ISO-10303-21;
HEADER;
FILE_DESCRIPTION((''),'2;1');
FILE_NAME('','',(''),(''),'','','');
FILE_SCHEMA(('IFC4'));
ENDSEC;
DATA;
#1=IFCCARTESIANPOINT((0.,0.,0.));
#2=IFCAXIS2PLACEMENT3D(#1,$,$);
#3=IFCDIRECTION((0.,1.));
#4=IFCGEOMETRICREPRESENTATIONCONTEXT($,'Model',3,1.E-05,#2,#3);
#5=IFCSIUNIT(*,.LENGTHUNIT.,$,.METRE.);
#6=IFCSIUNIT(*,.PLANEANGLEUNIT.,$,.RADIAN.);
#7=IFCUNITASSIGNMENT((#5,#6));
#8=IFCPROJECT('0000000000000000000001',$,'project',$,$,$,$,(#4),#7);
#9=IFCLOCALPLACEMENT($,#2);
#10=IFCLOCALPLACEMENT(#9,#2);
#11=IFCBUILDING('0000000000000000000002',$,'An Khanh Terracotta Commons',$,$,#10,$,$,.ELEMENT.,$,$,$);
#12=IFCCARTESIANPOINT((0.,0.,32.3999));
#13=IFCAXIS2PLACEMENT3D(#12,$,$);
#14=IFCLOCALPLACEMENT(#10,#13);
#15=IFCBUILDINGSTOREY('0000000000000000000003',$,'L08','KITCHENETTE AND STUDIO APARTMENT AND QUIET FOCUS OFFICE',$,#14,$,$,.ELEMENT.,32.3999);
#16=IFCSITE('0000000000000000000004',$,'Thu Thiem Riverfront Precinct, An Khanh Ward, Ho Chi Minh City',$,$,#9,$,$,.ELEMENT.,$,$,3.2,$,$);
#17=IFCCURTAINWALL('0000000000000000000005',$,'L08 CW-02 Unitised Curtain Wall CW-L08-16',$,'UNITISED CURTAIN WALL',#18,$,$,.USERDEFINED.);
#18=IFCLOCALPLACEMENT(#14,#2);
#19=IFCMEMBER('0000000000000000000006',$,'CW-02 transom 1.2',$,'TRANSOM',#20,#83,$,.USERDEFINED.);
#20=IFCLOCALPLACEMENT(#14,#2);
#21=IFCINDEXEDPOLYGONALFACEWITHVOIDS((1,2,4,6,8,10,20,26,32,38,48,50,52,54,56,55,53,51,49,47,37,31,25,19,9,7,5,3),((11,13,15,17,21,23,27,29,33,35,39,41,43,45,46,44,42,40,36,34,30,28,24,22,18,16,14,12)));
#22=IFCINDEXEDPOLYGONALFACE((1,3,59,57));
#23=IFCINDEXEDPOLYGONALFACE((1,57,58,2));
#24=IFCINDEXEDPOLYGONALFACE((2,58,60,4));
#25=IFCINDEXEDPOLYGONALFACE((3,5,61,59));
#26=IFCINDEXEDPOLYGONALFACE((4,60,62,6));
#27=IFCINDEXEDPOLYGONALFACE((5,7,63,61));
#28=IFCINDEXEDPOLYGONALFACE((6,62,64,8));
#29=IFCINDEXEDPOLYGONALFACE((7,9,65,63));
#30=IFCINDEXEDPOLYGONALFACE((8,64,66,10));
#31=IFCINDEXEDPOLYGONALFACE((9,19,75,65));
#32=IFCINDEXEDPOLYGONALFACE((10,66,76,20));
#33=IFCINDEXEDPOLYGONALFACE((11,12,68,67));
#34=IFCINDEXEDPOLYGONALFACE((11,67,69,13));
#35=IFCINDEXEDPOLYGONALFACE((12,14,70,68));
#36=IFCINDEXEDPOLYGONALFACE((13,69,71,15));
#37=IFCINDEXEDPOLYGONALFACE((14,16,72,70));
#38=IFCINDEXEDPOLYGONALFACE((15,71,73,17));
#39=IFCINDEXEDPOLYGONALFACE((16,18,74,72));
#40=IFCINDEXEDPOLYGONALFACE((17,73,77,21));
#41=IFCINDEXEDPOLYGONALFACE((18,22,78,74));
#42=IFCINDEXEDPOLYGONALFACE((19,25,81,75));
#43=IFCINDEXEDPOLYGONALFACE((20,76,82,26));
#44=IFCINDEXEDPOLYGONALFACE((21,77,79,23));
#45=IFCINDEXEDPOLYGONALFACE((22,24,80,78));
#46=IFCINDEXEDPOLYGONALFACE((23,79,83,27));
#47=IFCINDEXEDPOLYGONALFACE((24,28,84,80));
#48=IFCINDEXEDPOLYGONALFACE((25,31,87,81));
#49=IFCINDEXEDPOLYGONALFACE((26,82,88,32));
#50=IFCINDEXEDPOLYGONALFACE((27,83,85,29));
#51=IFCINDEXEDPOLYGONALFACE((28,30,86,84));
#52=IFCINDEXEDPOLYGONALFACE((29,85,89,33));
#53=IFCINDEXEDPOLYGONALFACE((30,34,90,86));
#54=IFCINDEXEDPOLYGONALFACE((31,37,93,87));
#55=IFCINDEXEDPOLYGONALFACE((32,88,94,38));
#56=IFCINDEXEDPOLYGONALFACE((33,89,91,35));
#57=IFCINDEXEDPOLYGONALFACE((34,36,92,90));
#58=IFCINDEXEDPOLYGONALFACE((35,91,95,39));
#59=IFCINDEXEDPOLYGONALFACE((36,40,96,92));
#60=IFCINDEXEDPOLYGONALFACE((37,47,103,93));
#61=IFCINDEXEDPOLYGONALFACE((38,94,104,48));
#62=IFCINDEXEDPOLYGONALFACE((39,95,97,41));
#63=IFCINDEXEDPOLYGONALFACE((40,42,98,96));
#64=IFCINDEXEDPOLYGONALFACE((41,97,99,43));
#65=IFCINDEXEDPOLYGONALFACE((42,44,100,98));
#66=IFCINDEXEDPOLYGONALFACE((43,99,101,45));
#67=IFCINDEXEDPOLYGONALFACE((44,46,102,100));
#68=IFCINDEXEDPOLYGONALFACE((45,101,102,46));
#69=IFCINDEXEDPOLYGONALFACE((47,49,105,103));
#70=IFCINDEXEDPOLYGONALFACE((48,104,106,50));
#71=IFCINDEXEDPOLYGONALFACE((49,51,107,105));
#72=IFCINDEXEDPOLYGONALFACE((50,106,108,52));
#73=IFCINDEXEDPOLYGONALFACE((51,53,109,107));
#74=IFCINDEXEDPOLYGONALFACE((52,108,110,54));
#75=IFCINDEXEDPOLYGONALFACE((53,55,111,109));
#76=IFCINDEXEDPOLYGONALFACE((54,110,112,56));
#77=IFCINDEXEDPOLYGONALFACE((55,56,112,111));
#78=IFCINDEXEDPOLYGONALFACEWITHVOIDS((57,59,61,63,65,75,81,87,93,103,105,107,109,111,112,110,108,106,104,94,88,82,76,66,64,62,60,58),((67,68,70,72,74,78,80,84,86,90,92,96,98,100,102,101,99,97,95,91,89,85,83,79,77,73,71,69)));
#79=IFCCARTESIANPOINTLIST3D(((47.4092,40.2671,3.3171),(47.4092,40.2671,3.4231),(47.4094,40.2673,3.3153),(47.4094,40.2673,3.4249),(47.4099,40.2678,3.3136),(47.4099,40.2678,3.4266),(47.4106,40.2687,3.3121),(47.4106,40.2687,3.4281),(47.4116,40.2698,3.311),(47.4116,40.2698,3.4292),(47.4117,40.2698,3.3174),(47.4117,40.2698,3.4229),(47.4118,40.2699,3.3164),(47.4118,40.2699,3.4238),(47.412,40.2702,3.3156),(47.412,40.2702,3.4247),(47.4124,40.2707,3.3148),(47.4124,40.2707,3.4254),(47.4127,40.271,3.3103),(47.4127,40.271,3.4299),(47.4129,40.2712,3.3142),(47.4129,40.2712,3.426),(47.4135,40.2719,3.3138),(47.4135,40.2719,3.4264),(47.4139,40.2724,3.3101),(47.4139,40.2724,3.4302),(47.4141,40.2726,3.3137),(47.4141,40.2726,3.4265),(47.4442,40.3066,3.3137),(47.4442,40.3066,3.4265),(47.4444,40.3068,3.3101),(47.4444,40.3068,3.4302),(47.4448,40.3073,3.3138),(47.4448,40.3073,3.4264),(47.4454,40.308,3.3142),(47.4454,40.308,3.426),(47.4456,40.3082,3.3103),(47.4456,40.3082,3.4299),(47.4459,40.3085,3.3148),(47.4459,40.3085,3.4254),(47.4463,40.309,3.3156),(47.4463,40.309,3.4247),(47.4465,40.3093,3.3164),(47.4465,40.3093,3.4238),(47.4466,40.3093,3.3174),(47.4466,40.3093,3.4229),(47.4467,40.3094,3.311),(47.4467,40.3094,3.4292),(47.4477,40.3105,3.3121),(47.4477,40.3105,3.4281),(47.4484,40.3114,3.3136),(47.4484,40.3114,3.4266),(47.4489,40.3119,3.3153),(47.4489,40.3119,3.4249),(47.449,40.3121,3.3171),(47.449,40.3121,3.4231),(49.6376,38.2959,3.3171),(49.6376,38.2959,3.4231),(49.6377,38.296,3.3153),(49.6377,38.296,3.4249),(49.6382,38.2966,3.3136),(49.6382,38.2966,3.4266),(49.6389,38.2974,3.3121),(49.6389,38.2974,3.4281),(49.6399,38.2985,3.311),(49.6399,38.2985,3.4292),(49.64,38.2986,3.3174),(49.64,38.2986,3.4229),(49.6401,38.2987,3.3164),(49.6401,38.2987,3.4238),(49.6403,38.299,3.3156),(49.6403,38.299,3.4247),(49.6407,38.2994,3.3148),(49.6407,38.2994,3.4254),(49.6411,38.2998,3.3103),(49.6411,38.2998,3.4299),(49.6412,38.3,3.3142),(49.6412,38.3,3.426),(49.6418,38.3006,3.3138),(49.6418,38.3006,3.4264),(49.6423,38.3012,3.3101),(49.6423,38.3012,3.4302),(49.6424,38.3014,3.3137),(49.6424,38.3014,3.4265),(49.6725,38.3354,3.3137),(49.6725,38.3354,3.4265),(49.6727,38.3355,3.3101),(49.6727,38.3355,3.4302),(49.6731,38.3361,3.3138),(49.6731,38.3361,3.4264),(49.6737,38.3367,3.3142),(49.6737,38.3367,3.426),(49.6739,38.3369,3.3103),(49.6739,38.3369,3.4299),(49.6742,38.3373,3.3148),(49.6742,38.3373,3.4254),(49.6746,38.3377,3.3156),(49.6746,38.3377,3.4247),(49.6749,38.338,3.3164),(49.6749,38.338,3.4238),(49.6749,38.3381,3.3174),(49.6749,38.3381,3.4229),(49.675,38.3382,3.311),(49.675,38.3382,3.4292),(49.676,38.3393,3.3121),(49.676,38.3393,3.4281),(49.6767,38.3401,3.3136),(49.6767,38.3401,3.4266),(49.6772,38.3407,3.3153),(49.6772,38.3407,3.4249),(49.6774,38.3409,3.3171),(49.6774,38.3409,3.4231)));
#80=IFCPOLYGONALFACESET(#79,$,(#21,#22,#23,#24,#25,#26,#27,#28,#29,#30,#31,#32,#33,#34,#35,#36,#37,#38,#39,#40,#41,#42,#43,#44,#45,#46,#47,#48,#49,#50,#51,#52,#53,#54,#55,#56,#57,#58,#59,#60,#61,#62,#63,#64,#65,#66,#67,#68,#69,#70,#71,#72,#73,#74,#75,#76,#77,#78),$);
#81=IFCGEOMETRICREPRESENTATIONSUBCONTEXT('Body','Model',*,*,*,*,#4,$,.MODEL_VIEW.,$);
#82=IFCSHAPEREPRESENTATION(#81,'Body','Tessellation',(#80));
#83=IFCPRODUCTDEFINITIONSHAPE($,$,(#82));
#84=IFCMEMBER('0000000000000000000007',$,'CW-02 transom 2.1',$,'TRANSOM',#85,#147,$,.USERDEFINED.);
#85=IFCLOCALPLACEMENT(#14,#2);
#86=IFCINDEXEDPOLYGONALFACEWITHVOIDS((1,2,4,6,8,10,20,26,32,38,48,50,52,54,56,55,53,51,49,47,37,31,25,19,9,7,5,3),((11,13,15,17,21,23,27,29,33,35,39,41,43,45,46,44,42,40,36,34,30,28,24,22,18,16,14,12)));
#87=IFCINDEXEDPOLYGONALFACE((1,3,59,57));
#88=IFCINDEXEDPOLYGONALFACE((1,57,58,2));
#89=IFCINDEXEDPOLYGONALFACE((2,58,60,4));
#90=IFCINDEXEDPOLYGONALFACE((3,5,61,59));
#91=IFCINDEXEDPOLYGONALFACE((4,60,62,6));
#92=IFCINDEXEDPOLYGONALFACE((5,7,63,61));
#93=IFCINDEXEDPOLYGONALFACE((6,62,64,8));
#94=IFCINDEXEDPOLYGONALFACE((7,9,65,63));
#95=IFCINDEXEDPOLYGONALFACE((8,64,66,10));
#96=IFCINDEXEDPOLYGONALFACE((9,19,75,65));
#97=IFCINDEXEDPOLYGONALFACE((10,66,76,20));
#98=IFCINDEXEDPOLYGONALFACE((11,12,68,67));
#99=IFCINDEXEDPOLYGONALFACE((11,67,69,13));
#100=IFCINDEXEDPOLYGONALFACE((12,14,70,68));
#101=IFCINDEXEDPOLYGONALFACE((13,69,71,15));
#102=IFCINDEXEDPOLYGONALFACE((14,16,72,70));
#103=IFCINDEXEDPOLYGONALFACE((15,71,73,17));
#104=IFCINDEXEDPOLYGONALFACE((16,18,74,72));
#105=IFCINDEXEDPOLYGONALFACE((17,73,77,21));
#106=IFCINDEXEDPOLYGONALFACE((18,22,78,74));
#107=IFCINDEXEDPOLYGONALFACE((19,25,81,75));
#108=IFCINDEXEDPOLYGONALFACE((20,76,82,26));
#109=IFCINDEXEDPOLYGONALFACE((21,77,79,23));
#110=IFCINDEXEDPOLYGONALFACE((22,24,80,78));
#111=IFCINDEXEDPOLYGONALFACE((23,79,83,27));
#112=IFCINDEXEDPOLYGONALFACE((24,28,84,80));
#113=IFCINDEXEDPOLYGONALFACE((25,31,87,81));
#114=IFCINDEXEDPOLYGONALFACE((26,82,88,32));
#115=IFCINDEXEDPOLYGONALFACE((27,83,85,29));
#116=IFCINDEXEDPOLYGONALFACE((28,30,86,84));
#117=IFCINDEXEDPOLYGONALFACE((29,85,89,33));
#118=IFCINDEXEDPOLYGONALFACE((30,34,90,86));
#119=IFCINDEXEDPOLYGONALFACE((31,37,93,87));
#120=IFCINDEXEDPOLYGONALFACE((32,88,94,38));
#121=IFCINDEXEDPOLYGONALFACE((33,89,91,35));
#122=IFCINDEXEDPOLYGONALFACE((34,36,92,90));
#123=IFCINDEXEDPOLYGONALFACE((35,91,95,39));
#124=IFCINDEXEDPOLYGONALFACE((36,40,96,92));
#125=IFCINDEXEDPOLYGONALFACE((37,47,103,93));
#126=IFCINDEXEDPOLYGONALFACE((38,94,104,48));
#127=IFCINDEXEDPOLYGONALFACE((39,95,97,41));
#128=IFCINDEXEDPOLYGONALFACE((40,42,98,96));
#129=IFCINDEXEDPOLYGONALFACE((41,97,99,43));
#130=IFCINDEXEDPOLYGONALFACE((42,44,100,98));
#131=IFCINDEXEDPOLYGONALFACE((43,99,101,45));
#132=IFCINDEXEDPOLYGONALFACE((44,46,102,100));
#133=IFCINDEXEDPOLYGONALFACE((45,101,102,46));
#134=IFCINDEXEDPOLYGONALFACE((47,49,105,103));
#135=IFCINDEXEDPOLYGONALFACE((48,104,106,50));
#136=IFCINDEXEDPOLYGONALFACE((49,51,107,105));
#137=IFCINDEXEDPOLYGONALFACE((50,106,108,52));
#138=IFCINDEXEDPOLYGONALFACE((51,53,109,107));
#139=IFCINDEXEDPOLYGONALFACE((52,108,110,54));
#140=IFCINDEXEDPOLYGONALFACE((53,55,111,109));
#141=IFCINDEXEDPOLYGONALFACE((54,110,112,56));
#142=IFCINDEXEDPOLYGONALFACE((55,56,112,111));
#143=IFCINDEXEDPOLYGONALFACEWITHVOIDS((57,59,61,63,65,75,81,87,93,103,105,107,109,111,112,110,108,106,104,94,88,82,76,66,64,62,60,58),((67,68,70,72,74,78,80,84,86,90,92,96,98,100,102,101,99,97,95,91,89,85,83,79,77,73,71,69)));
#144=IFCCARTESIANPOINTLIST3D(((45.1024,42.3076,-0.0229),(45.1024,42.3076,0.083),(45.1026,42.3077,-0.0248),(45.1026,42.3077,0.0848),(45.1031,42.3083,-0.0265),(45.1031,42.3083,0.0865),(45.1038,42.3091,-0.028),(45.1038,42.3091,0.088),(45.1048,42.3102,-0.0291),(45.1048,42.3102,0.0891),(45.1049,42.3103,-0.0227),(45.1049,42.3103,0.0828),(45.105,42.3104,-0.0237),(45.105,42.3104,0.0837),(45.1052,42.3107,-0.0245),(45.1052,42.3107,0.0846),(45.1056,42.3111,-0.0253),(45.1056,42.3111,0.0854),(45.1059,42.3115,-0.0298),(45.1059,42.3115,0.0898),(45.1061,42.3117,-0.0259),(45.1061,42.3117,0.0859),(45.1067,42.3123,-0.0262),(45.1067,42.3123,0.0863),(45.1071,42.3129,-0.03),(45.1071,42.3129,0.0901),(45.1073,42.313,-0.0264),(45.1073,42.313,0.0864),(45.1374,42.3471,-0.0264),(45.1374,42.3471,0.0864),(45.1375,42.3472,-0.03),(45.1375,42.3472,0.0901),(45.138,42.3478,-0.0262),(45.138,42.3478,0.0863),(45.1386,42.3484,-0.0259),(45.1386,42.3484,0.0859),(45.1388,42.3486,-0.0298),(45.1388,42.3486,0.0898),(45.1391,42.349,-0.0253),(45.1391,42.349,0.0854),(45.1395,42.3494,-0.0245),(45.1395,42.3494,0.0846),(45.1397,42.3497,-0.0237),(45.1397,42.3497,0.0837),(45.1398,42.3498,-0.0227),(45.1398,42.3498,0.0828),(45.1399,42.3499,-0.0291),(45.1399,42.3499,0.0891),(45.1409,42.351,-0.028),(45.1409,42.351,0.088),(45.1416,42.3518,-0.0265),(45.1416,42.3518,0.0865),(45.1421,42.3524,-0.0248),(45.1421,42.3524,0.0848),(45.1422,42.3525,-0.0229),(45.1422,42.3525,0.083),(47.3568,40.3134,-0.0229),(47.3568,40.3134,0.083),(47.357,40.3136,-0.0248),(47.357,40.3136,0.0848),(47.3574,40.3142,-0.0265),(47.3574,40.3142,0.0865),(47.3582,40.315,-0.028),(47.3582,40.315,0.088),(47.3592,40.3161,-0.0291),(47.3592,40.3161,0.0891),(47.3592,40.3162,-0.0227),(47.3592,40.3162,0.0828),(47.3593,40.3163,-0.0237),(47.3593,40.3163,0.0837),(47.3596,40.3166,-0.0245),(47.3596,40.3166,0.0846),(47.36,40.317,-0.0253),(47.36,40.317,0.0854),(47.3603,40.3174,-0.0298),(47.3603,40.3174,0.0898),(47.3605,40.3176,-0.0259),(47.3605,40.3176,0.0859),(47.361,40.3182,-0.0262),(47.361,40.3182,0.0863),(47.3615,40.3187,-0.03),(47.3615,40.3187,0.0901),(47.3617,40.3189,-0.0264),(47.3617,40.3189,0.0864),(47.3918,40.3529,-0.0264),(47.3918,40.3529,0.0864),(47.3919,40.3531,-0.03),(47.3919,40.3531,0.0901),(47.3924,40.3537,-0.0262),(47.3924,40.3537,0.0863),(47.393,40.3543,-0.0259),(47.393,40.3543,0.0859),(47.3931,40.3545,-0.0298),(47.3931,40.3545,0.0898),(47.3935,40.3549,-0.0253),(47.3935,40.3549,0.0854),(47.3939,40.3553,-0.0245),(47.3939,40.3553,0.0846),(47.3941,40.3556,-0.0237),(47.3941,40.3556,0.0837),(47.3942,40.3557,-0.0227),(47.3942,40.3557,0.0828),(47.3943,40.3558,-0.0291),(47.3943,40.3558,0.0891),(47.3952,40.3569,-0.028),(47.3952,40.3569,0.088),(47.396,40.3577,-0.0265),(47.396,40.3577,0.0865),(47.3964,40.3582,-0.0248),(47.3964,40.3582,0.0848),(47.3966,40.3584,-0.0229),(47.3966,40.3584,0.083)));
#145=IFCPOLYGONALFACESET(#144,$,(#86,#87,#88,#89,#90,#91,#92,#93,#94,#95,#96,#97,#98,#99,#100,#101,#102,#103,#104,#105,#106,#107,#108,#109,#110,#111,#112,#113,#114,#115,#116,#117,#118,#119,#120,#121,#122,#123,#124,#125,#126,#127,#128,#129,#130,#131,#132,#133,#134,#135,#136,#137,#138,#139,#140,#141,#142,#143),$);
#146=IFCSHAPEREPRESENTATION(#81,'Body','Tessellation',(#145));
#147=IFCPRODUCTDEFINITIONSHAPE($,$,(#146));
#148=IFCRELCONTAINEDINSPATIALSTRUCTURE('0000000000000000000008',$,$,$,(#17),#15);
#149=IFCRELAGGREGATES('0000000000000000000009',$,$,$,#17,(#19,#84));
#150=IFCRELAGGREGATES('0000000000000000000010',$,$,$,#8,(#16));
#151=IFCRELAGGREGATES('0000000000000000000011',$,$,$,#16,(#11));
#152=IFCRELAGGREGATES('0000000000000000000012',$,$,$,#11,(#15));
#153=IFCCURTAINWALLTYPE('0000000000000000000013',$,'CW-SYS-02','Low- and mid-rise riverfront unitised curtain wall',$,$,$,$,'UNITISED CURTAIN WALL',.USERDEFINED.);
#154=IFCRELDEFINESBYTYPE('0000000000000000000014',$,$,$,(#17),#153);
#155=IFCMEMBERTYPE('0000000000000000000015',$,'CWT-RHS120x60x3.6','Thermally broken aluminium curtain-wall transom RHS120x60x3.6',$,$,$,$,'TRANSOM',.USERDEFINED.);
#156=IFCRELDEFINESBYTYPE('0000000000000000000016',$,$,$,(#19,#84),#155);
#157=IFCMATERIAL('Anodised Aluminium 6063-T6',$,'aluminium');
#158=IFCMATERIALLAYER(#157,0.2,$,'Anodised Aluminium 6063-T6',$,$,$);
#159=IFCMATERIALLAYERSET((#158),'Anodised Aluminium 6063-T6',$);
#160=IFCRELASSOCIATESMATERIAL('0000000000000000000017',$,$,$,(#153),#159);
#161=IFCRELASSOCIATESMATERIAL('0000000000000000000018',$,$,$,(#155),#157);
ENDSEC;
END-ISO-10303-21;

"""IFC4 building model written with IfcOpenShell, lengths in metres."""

from ifc_helpers import new_model, si_unit, direction, frame, origin, origin_2d, place, context, subcontext, project, spatial, hollow_rectangle, extrude, material, layer, layer_set, material_profile, profile_set, type_object, element, aggregate, save


model = new_model("IFC4")

# Units and contexts
model_context = context("Model", 3, precision=1e-05, world=origin(), true_north=direction((0.0, 1.0)))
body_context = subcontext(model_context, "Body", "Model", "MODEL_VIEW")
ifc_project = project(units=[si_unit("LENGTHUNIT", "METRE"), si_unit("PLANEANGLEUNIT", "RADIAN")], contexts=[model_context])

# Site, building, storey
site_placement = place(None, origin())
site = spatial("IfcSite", under=ifc_project, at=site_placement, Name="Thu Thiem Riverfront Precinct, An Khanh Ward, Ho Chi Minh City", CompositionType="ELEMENT", RefElevation=3.2)
building_placement = place(site_placement, origin())
building = spatial("IfcBuilding", under=site, at=building_placement, Name="An Khanh Terracotta Commons", CompositionType="ELEMENT")
storey_placement = place(building_placement, frame((0.0, 0.0, 32.3999)))
storey = spatial("IfcBuildingStorey", under=building, at=storey_placement, Name="L08", Description="KITCHENETTE AND STUDIO APARTMENT AND QUIET FOCUS OFFICE", CompositionType="ELEMENT", Elevation=32.3999)

# Shared definitions
ifc_material_1 = material(Name="Anodised Aluminium 6063-T6", Category="aluminium")
ifc_layer_1 = layer(ifc_material_1, 0.2, Name="Anodised Aluminium 6063-T6")
ifc_layer_set_1 = layer_set([ifc_layer_1], Name="Anodised Aluminium 6063-T6")
curtain_wall_type = type_object("IfcCurtainWallType", Name="CW-SYS-02", Description="Low- and mid-rise riverfront unitised curtain wall", ElementType="UNITISED CURTAIN WALL", PredefinedType="USERDEFINED", material=ifc_layer_set_1)

# Curtain wall, members
curtain_wall_1_placement = place(storey_placement, origin())
curtain_wall_1 = element("IfcCurtainWall", 1, at=curtain_wall_1_placement, inside=storey, type_object=curtain_wall_type, Name="L08 CW-02 Unitised Curtain Wall CW-L08-16", ObjectType="UNITISED CURTAIN WALL", PredefinedType="USERDEFINED")
ifc_material_profile_1 = material_profile(ifc_material_1, hollow_rectangle(XDim=0.0601, YDim=0.1201, WallThickness=0.0037, InnerFilletRadius=0.0037, OuterFilletRadius=0.0071, at=origin_2d()), Name="RHS120x60x3.6")
ifc_profile_set_1 = profile_set([ifc_material_profile_1], Name="Anodised Aluminium 6063-T6")
member_type_1 = type_object("IfcMemberType", Name="CWT-RHS120x60x3.6", Description="Thermally broken aluminium curtain-wall transom RHS120x60x3.6", ElementType="TRANSOM", PredefinedType="USERDEFINED", material=ifc_profile_set_1)
member_1_placement = place(storey_placement, frame((49.6575, 38.3184, 3.3701), z_axis=(-0.748992, 0.662579, 0.0), x_axis=(-0.662579, -0.748992, 0.0)))
member_1 = element("IfcMember", 2, at=member_1_placement, type_object=member_type_1, Name="CW-02 transom 1.2", ObjectType="TRANSOM", PredefinedType="USERDEFINED", context=body_context, shape_type="SweptSolid", body=[
    extrude(hollow_rectangle(XDim=0.0601, YDim=0.1201, WallThickness=0.0037, InnerFilletRadius=0.0037, OuterFilletRadius=0.0071, at=origin_2d()), origin(), (0.0, 0.0, 1.0), 2.9751),
])
member_2_placement = place(storey_placement, frame((47.3767, 40.3359, 0.03), z_axis=(-0.749018, 0.662549, 0.0), x_axis=(-0.662549, -0.749018, 0.0)))
member_2 = element("IfcMember", 3, at=member_2_placement, type_object=member_type_1, Name="CW-02 transom 2.1", ObjectType="TRANSOM", PredefinedType="USERDEFINED", context=body_context, shape_type="SweptSolid", body=[
    extrude(hollow_rectangle(XDim=0.0601, YDim=0.1201, WallThickness=0.0037, InnerFilletRadius=0.0037, OuterFilletRadius=0.0071, at=origin_2d()), origin(), (0.0, 0.0, 1.0), 3.0098),
])
aggregate(curtain_wall_1, [member_1, member_2])

save(model, "model.ifc")
